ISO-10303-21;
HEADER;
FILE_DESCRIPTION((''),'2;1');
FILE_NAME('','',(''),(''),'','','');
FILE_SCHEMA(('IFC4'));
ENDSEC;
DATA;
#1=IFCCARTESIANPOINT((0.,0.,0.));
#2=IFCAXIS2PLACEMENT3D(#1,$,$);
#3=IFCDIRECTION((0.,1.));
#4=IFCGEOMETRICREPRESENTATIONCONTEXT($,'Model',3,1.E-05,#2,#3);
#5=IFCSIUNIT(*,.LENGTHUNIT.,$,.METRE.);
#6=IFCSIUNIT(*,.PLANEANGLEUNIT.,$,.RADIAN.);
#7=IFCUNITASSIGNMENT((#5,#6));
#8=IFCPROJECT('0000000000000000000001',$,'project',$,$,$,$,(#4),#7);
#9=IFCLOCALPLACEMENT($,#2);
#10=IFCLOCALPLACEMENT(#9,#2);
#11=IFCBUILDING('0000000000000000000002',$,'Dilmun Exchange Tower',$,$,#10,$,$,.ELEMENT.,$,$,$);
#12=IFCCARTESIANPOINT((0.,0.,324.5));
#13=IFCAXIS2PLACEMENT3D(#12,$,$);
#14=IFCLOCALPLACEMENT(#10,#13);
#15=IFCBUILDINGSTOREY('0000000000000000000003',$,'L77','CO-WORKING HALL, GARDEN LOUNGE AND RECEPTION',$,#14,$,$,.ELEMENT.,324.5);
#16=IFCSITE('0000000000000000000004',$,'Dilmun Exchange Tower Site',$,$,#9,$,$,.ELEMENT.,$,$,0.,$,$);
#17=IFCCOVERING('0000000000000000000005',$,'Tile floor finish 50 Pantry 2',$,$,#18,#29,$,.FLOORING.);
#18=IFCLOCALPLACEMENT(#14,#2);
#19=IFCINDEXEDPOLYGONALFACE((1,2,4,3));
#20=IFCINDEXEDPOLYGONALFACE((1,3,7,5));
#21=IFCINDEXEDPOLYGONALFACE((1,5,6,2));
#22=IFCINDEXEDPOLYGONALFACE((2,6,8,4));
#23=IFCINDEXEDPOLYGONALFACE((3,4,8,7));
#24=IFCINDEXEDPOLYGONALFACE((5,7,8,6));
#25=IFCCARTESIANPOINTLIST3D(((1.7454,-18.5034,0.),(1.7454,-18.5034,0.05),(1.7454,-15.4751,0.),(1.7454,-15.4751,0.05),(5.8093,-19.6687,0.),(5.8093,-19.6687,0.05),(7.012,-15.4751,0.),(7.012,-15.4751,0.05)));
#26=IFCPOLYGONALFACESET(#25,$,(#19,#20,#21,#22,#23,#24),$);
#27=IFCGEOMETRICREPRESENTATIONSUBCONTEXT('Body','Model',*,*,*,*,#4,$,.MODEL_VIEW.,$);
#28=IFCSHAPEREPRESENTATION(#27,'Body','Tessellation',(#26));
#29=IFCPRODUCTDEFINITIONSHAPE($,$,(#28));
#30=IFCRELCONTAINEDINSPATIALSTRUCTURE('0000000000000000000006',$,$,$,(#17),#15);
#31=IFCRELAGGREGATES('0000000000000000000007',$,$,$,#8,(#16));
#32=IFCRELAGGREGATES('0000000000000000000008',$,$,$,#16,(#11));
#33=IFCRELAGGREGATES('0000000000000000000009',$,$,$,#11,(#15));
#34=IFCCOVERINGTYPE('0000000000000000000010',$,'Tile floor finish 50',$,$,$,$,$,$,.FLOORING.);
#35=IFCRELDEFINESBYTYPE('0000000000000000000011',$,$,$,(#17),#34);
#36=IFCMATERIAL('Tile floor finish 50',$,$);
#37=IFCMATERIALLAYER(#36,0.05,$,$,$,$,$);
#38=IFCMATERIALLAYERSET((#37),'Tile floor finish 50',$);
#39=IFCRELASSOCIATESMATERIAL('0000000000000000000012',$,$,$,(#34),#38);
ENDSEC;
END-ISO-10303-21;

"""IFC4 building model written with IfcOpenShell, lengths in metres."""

from ifc_helpers import new_model, si_unit, direction, frame, origin, place, context, subcontext, project, spatial, polyline, outline, extrude, material, layer, layer_set, type_object, element, save


model = new_model("IFC4")

# Units and contexts
model_context = context("Model", 3, precision=1e-05, world=origin(), true_north=direction((0.0, 1.0)))
body_context = subcontext(model_context, "Body", "Model", "MODEL_VIEW")
ifc_project = project(units=[si_unit("LENGTHUNIT", "METRE"), si_unit("PLANEANGLEUNIT", "RADIAN")], contexts=[model_context])

# Site, building, storey
site_placement = place(None, origin())
site = spatial("IfcSite", under=ifc_project, at=site_placement, Name="Dilmun Exchange Tower Site", CompositionType="ELEMENT", RefElevation=0.0)
building_placement = place(site_placement, origin())
building = spatial("IfcBuilding", under=site, at=building_placement, Name="Dilmun Exchange Tower", CompositionType="ELEMENT")
storey_placement = place(building_placement, frame((0.0, 0.0, 324.5)))
storey = spatial("IfcBuildingStorey", under=building, at=storey_placement, Name="L77", Description="CO-WORKING HALL, GARDEN LOUNGE AND RECEPTION", CompositionType="ELEMENT", Elevation=324.5)

# Covering
ifc_material_1 = material(Name="Tile floor finish 50")
ifc_layer_1 = layer(ifc_material_1, 0.05)
ifc_layer_set_1 = layer_set([ifc_layer_1], Name="Tile floor finish 50")
covering_type_1 = type_object("IfcCoveringType", Name="Tile floor finish 50", PredefinedType="FLOORING", material=ifc_layer_set_1)
covering_1_placement = place(storey_placement, origin())
element("IfcCovering", 1, at=covering_1_placement, inside=storey, type_object=covering_type_1, Name="Tile floor finish 50 Pantry 2", PredefinedType="FLOORING", context=body_context, shape_type="SweptSolid", body=[
    extrude(outline(polyline([(1.7454, -15.4751), (7.012, -15.4751), (5.8093, -19.6687), (1.7454, -18.5034), (1.7454, -15.4751)])), origin(), (0.0, 0.0, 1.0), 0.05),
])

save(model, "model.ifc")
